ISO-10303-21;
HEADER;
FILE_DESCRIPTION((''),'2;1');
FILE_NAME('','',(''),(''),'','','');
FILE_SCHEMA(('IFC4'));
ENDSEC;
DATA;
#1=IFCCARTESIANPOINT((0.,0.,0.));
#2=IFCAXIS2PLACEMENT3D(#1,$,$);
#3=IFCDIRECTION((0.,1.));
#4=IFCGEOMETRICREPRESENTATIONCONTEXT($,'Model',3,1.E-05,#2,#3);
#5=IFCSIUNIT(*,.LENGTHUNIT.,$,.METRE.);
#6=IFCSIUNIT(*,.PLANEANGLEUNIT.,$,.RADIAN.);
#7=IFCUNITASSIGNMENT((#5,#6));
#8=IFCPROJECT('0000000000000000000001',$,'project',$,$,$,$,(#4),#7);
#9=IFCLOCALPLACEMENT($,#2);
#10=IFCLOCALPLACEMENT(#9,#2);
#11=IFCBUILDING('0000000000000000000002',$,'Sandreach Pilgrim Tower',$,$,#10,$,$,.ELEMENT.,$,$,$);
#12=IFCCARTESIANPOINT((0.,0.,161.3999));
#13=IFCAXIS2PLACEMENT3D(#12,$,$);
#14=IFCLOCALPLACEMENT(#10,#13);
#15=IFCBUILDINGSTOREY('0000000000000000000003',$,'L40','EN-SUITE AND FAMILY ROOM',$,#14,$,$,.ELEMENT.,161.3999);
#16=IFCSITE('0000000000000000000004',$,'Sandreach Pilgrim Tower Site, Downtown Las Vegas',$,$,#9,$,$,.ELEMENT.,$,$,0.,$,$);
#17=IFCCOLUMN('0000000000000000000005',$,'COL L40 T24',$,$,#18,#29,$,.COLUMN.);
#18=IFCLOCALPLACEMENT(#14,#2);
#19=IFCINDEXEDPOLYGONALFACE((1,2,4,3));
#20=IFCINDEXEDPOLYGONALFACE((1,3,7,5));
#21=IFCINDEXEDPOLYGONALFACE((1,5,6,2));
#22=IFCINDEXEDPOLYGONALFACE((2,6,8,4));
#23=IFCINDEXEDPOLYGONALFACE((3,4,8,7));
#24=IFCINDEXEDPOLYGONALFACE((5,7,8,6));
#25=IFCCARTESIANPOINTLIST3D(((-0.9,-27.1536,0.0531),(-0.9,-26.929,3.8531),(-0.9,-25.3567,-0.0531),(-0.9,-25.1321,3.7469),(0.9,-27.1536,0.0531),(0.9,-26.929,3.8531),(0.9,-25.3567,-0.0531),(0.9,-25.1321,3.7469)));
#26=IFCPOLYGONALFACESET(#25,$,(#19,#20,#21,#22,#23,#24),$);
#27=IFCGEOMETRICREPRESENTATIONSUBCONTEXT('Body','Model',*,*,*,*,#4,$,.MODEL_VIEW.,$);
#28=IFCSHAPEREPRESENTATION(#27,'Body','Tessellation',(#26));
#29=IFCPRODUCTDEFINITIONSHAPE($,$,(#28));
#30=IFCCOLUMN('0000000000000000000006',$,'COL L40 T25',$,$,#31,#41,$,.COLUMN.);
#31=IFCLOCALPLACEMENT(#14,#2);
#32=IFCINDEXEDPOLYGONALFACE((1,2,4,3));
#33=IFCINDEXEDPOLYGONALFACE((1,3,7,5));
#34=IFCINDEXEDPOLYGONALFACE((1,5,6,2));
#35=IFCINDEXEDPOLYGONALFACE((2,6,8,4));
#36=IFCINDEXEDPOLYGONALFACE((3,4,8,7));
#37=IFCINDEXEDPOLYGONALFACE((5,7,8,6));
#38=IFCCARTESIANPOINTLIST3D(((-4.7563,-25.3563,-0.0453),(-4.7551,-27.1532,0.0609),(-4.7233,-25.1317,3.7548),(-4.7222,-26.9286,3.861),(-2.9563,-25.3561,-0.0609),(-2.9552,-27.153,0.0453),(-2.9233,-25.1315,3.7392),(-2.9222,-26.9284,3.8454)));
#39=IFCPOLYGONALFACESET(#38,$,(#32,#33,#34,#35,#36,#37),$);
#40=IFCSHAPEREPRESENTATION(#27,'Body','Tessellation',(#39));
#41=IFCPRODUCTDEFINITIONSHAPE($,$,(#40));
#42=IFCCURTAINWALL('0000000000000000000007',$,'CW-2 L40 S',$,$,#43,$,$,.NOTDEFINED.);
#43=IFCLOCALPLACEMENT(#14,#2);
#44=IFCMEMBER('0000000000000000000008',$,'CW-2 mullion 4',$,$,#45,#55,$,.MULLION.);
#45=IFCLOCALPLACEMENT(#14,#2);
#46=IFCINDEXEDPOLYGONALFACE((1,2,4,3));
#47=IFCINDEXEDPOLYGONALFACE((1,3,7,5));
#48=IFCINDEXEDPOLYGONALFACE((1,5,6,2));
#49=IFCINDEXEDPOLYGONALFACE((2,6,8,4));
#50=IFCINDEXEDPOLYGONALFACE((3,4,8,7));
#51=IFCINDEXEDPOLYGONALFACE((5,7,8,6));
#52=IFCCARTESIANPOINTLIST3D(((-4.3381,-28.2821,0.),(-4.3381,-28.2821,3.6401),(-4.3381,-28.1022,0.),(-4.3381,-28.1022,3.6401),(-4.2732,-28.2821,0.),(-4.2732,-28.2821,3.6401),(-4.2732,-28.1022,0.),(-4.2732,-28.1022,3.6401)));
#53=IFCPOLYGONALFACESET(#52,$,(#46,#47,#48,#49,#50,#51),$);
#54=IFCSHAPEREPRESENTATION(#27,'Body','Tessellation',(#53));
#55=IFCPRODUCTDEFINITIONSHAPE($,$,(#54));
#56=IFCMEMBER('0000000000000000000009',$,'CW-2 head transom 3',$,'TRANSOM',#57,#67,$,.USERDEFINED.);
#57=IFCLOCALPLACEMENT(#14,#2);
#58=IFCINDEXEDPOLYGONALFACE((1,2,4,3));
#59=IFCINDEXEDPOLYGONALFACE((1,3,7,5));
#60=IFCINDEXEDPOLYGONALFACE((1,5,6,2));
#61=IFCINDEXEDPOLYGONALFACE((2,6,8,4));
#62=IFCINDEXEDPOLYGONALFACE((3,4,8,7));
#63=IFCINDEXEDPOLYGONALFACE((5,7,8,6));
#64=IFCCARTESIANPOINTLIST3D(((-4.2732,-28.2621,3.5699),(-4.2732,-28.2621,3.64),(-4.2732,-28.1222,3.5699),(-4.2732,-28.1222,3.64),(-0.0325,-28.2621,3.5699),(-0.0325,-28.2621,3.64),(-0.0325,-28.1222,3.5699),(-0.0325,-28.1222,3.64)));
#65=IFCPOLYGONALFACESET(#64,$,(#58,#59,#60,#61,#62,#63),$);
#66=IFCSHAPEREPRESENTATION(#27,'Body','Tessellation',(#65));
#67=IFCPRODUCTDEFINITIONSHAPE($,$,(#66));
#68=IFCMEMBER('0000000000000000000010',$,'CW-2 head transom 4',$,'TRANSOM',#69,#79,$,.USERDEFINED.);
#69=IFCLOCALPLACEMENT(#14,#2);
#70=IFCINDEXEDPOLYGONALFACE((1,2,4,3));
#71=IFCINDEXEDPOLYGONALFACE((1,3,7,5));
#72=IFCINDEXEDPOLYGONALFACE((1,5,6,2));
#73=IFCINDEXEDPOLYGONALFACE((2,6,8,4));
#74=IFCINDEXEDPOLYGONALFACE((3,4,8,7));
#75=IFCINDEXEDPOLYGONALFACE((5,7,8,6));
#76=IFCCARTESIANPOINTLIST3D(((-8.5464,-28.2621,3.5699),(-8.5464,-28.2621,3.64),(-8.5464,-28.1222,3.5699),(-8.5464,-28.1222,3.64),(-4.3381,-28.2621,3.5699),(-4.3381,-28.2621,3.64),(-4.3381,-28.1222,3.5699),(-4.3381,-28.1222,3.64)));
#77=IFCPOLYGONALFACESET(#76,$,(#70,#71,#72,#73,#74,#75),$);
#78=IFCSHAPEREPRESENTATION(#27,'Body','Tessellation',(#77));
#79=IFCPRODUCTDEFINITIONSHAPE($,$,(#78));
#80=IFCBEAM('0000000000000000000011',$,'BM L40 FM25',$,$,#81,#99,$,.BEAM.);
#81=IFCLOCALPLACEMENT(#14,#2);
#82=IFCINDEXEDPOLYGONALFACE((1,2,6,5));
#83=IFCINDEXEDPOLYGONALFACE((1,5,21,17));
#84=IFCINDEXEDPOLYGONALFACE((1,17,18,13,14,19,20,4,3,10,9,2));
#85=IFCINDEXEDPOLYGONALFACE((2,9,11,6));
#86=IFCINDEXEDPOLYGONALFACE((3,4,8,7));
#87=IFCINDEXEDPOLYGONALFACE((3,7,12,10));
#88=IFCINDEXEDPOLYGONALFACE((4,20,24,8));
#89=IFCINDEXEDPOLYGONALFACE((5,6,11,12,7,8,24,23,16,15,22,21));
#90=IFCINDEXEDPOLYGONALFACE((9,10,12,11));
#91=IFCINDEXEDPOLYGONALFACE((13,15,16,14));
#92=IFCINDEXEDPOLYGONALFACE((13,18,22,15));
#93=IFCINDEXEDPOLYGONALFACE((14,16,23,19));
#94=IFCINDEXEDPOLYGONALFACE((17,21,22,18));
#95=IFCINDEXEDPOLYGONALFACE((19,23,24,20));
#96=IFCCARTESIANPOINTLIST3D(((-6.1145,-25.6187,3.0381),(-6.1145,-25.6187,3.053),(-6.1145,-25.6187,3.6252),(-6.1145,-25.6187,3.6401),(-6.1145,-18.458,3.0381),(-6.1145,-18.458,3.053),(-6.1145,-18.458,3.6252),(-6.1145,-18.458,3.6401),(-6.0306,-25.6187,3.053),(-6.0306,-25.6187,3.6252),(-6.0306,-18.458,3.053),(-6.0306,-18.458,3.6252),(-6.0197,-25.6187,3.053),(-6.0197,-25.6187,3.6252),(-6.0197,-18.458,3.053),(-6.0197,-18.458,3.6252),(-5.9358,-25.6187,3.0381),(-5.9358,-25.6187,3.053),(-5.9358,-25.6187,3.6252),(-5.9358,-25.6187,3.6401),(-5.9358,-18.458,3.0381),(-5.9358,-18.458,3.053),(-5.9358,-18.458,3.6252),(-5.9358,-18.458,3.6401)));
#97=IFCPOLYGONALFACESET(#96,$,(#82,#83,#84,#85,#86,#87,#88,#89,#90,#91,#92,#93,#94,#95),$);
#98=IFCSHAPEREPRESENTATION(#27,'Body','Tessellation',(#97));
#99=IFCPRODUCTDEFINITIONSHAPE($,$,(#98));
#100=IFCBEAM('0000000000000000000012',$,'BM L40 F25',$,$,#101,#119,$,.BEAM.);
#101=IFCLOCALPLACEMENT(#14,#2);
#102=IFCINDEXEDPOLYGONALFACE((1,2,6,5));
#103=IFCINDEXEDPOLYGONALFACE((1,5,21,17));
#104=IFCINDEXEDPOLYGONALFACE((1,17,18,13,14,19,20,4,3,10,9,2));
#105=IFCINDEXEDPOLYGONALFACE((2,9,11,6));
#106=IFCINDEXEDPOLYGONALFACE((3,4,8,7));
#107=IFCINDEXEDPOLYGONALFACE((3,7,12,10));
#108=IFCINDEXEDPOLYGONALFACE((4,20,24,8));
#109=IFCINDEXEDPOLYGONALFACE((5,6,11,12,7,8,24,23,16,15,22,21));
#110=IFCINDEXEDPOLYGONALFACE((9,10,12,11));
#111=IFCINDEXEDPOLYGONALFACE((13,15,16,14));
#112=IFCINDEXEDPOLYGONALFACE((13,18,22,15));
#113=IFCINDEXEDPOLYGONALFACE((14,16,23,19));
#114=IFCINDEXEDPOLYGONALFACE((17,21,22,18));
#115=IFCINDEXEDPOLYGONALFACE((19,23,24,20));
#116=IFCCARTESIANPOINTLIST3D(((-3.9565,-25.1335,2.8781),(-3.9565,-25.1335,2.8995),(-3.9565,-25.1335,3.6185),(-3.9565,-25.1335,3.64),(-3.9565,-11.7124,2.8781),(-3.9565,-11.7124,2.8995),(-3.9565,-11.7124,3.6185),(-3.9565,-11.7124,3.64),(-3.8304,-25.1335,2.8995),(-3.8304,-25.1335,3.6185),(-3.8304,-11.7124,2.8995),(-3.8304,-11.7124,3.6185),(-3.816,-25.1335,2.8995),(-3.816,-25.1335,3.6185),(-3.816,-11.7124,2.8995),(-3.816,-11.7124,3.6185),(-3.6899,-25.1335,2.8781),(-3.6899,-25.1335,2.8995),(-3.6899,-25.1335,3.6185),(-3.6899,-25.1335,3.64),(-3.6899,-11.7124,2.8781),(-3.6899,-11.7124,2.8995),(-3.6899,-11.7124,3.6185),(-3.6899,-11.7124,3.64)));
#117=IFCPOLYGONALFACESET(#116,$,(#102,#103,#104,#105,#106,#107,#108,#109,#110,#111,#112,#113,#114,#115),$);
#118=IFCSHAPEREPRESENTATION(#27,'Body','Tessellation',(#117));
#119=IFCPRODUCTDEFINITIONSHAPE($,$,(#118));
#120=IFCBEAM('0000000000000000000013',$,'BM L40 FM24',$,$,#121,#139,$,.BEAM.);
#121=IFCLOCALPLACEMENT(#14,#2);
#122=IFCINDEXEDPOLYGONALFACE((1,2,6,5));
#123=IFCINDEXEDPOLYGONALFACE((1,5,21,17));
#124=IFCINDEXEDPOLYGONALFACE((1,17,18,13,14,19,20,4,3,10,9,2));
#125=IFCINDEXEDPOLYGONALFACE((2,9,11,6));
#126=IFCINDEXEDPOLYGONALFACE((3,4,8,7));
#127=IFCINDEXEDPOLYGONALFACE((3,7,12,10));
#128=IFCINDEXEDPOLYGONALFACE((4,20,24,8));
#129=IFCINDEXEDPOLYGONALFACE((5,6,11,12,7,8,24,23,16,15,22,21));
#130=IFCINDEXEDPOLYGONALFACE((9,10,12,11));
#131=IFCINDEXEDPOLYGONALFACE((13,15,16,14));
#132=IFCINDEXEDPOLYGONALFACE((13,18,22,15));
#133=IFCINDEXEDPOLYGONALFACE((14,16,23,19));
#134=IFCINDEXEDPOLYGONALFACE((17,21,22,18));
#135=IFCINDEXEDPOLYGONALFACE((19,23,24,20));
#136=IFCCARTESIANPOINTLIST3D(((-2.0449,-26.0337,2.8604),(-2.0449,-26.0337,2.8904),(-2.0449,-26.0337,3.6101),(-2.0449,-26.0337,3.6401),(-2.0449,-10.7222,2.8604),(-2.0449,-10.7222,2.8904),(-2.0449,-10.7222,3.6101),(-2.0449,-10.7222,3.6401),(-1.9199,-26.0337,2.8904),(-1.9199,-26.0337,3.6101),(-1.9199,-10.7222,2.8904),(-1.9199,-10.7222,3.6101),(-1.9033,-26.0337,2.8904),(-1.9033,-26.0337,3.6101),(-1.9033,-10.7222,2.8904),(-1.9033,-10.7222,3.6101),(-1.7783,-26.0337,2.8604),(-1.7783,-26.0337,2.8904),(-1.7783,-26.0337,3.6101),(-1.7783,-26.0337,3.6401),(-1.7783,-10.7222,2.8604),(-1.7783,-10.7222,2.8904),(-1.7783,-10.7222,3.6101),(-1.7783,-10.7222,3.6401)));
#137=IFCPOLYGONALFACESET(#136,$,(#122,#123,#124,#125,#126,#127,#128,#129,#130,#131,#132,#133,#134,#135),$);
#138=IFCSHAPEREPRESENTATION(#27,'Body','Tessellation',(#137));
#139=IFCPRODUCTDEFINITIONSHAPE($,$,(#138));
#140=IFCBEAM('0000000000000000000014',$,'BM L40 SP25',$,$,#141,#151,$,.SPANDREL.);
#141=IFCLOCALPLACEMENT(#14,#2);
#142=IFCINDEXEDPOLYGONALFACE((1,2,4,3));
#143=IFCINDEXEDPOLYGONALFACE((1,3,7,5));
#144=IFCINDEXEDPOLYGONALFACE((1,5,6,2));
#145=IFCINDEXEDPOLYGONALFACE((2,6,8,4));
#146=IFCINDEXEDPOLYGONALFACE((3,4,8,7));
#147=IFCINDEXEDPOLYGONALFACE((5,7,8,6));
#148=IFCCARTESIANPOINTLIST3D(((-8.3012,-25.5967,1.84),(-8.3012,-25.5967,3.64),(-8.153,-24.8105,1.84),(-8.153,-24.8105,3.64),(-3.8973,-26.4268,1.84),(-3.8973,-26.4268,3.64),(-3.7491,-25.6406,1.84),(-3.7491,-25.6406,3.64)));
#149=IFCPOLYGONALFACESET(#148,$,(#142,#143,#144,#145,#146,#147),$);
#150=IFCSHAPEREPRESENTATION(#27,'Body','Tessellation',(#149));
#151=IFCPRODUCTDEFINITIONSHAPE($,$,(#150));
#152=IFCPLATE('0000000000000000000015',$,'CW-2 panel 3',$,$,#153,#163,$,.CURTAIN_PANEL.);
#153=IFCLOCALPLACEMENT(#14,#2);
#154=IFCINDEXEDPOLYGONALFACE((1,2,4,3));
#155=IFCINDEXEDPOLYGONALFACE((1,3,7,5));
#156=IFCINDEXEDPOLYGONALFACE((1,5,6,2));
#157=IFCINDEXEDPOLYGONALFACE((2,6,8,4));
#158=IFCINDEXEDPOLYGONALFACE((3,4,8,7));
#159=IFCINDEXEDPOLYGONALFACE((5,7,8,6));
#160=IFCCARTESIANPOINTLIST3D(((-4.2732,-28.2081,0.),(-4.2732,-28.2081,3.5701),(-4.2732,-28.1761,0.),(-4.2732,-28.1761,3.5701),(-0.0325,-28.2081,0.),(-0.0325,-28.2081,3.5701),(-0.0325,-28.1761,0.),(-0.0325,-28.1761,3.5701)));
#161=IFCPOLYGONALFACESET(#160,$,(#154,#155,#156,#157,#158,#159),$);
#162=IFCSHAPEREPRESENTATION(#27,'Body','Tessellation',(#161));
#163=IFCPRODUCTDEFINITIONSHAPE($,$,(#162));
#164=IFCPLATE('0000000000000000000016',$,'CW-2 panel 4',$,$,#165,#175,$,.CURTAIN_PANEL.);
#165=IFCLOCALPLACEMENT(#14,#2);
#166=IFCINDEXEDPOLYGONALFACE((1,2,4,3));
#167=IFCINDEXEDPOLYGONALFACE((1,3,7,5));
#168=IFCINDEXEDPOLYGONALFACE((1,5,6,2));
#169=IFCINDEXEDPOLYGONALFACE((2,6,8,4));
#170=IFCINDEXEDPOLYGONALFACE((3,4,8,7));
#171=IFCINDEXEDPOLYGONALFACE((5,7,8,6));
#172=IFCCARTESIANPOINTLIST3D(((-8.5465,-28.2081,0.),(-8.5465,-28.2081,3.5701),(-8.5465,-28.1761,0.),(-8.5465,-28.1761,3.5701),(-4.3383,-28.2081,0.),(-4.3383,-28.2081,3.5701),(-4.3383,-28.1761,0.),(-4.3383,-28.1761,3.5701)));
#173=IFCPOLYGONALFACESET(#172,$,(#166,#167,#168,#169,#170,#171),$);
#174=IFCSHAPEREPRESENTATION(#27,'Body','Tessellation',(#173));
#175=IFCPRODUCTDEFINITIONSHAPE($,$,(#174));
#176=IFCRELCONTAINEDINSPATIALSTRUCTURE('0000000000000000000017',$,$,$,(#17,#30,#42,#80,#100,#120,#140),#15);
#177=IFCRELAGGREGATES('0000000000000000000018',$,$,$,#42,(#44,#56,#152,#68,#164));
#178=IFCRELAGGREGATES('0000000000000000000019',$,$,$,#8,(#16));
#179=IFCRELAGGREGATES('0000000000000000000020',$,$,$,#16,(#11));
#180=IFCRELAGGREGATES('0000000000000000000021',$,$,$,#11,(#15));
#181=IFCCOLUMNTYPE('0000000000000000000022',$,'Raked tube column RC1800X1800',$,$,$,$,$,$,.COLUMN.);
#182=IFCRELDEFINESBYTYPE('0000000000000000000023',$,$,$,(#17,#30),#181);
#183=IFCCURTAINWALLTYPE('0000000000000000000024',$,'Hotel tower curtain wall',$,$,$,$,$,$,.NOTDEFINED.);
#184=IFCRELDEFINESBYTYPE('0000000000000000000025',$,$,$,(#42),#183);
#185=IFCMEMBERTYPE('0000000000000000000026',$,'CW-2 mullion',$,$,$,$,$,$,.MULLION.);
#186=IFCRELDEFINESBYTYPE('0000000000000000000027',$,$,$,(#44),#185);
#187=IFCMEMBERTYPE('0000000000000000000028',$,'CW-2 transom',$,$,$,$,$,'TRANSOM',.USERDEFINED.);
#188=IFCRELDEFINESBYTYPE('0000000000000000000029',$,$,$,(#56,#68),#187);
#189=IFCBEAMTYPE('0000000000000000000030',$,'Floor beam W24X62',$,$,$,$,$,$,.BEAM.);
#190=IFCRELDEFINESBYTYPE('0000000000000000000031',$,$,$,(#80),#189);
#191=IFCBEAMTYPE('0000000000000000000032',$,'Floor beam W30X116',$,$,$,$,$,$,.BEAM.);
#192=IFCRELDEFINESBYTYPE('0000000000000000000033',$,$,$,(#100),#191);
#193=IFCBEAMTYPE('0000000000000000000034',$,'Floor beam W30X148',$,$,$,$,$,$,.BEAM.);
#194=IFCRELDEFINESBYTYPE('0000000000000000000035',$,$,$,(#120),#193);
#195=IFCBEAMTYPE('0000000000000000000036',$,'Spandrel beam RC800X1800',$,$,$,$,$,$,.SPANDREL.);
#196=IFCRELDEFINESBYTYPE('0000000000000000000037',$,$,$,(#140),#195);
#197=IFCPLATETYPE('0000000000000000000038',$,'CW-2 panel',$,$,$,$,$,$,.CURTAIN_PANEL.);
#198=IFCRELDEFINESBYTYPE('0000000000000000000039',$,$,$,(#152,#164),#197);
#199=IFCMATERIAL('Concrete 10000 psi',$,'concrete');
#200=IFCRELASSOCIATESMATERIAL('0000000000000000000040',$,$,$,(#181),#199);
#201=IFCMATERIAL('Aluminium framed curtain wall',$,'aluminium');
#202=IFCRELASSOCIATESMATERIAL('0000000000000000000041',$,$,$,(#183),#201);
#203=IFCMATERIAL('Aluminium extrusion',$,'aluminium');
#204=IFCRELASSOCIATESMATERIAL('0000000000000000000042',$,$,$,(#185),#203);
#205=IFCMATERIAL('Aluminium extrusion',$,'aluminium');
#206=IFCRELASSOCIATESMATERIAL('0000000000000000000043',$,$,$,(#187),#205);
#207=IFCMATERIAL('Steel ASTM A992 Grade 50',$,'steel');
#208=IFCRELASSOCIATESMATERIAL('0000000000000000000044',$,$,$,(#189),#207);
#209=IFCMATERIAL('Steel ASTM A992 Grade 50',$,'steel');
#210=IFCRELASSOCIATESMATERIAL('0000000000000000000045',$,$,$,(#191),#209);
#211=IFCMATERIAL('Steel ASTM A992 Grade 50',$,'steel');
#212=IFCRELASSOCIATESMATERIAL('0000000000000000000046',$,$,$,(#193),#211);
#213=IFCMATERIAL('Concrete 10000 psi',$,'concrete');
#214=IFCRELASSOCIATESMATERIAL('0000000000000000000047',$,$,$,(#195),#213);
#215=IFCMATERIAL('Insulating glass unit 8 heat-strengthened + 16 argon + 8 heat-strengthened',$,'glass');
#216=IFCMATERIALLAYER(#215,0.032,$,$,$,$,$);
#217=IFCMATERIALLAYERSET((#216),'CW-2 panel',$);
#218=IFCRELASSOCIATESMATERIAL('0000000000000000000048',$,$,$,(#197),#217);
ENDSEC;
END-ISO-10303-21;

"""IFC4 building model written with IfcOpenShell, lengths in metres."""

from ifc_helpers import new_model, si_unit, direction, frame, origin, origin_2d, place, context, subcontext, project, spatial, rectangle, i_section, extrude, material, layer, layer_set, material_profile, profile_set, type_object, element, aggregate, save


model = new_model("IFC4")

# Units and contexts
model_context = context("Model", 3, precision=1e-05, world=origin(), true_north=direction((0.0, 1.0)))
body_context = subcontext(model_context, "Body", "Model", "MODEL_VIEW")
ifc_project = project(units=[si_unit("LENGTHUNIT", "METRE"), si_unit("PLANEANGLEUNIT", "RADIAN")], contexts=[model_context])

# Site, building, storey
site_placement = place(None, origin())
site = spatial("IfcSite", under=ifc_project, at=site_placement, Name="Sandreach Pilgrim Tower Site, Downtown Las Vegas", CompositionType="ELEMENT", RefElevation=0.0)
building_placement = place(site_placement, origin())
building = spatial("IfcBuilding", under=site, at=building_placement, Name="Sandreach Pilgrim Tower", CompositionType="ELEMENT")
storey_placement = place(building_placement, frame((0.0, 0.0, 161.3999)))
storey = spatial("IfcBuildingStorey", under=building, at=storey_placement, Name="L40", Description="EN-SUITE AND FAMILY ROOM", CompositionType="ELEMENT", Elevation=161.3999)

# Columns
ifc_material_1 = material(Name="Concrete 10000 psi", Category="concrete")
ifc_material_profile_1 = material_profile(ifc_material_1, rectangle(XDim=1.8, YDim=1.8, at=origin_2d()), Name="RC1800X1800")
ifc_profile_set_1 = profile_set([ifc_material_profile_1], Name="Concrete 10000 psi")
column_type = type_object("IfcColumnType", Name="Raked tube column RC1800X1800", PredefinedType="COLUMN", material=ifc_profile_set_1)
column_1_placement = place(storey_placement, frame((0.0, -26.2551, 0.0), z_axis=(0.0, 0.059004, 0.998258), x_axis=(0.0, -0.998258, 0.059004)))
element("IfcColumn", 1, at=column_1_placement, inside=storey, type_object=column_type, Name="COL L40 T24", PredefinedType="COLUMN", context=body_context, shape_type="SweptSolid", body=[
    extrude(rectangle(XDim=1.8, YDim=1.8, at=origin_2d()), origin(), (0.0, 0.0, 1.0), 3.8066),
])
column_2_placement = place(storey_placement, frame((-3.8557, -26.2546, 0.0), z_axis=(0.008658, 0.059002, 0.99822), x_axis=(0.000629, -0.998258, 0.058999)))
element("IfcColumn", 2, at=column_2_placement, inside=storey, type_object=column_type, Name="COL L40 T25", PredefinedType="COLUMN", context=body_context, shape_type="SweptSolid", body=[
    extrude(rectangle(XDim=1.8, YDim=1.8, at=origin_2d()), origin(), (0.0, 0.0, 1.0), 3.8069),
])

# Curtain wall, members
ifc_material_2 = material(Name="Aluminium framed curtain wall", Category="aluminium")
curtain_wall_type = type_object("IfcCurtainWallType", Name="Hotel tower curtain wall", PredefinedType="NOTDEFINED", material=ifc_material_2)
curtain_wall_placement = place(storey_placement, origin())
curtain_wall = element("IfcCurtainWall", 3, at=curtain_wall_placement, inside=storey, type_object=curtain_wall_type, Name="CW-2 L40 S", PredefinedType="NOTDEFINED")
ifc_material_3 = material(Name="Aluminium extrusion", Category="aluminium")
ifc_material_profile_2 = material_profile(ifc_material_3, rectangle(XDim=0.0649, YDim=0.1799, at=origin_2d()), Name="CW-2M 65X180")
ifc_profile_set_2 = profile_set([ifc_material_profile_2], Name="Aluminium extrusion")
member_type_1 = type_object("IfcMemberType", Name="CW-2 mullion", PredefinedType="MULLION", material=ifc_profile_set_2)
member_1_placement = place(storey_placement, frame((-4.3057, -28.1921, 0.0), z_axis=(0.0, 0.0, 1.0), x_axis=(-1.0, 0.0, 0.0)))
member_1 = element("IfcMember", 4, at=member_1_placement, type_object=member_type_1, Name="CW-2 mullion 4", PredefinedType="MULLION", context=body_context, shape_type="SweptSolid", body=[
    extrude(rectangle(XDim=0.0649, YDim=0.1799, at=origin_2d()), origin(), (0.0, 0.0, 1.0), 3.6401),
])
ifc_material_4 = material(Name="Aluminium extrusion", Category="aluminium")
ifc_material_profile_3 = material_profile(ifc_material_4, rectangle(XDim=0.1399, YDim=0.0701, at=origin_2d()), Name="CW-2T 140X70")
ifc_profile_set_3 = profile_set([ifc_material_profile_3], Name="Aluminium extrusion")
member_type_2 = type_object("IfcMemberType", Name="CW-2 transom", ElementType="TRANSOM", PredefinedType="USERDEFINED", material=ifc_profile_set_3)
member_2_placement = place(storey_placement, frame((-0.0325, -28.1921, 3.605), z_axis=(-1.0, 0.0, 0.0), x_axis=(0.0, -1.0, 0.0)))
member_2 = element("IfcMember", 5, at=member_2_placement, type_object=member_type_2, Name="CW-2 head transom 3", ObjectType="TRANSOM", PredefinedType="USERDEFINED", context=body_context, shape_type="SweptSolid", body=[
    extrude(rectangle(XDim=0.1399, YDim=0.0701, at=origin_2d()), origin(), (0.0, 0.0, 1.0), 4.2407),
])
member_3_placement = place(storey_placement, frame((-4.3381, -28.1921, 3.605), z_axis=(-1.0, 0.0, 0.0), x_axis=(0.0, -1.0, 0.0)))
member_3 = element("IfcMember", 6, at=member_3_placement, type_object=member_type_2, Name="CW-2 head transom 4", ObjectType="TRANSOM", PredefinedType="USERDEFINED", context=body_context, shape_type="SweptSolid", body=[
    extrude(rectangle(XDim=0.1399, YDim=0.0701, at=origin_2d()), origin(), (0.0, 0.0, 1.0), 4.2083),
])

# Beams
ifc_material_5 = material(Name="Steel ASTM A992 Grade 50", Category="steel")
ifc_material_profile_4 = material_profile(ifc_material_5, i_section(OverallWidth=0.1787, OverallDepth=0.6021, WebThickness=0.011, FlangeThickness=0.0149, at=origin_2d()), Name="W24X62")
ifc_profile_set_4 = profile_set([ifc_material_profile_4], Name="Steel ASTM A992 Grade 50")
beam_type_1 = type_object("IfcBeamType", Name="Floor beam W24X62", PredefinedType="BEAM", material=ifc_profile_set_4)
beam_1_placement = place(storey_placement, frame((-6.0251, -25.6187, 3.3391), z_axis=(0.0, 1.0, 0.0), x_axis=(-1.0, 0.0, 0.0)))
element("IfcBeam", 7, at=beam_1_placement, inside=storey, type_object=beam_type_1, Name="BM L40 FM25", PredefinedType="BEAM", context=body_context, shape_type="SweptSolid", body=[
    extrude(i_section(OverallWidth=0.1787, OverallDepth=0.6021, WebThickness=0.011, FlangeThickness=0.0149, at=origin_2d()), origin(), (0.0, 0.0, 1.0), 7.1606),
])
ifc_material_6 = material(Name="Steel ASTM A992 Grade 50", Category="steel")
ifc_material_profile_5 = material_profile(ifc_material_6, i_section(OverallWidth=0.2666, OverallDepth=0.762, WebThickness=0.0144, FlangeThickness=0.0215, at=origin_2d()), Name="W30X116")
ifc_profile_set_5 = profile_set([ifc_material_profile_5], Name="Steel ASTM A992 Grade 50")
beam_type_2 = type_object("IfcBeamType", Name="Floor beam W30X116", PredefinedType="BEAM", material=ifc_profile_set_5)
beam_2_placement = place(storey_placement, frame((-3.8232, -25.1335, 3.259), z_axis=(0.0, 1.0, 0.0), x_axis=(-1.0, 0.0, 0.0)))
element("IfcBeam", 8, at=beam_2_placement, inside=storey, type_object=beam_type_2, Name="BM L40 F25", PredefinedType="BEAM", context=body_context, shape_type="SweptSolid", body=[
    extrude(i_section(OverallWidth=0.2666, OverallDepth=0.762, WebThickness=0.0144, FlangeThickness=0.0215, at=origin_2d()), origin(), (0.0, 0.0, 1.0), 13.4211),
])
ifc_material_7 = material(Name="Steel ASTM A992 Grade 50", Category="steel")
ifc_material_profile_6 = material_profile(ifc_material_7, i_section(OverallWidth=0.2666, OverallDepth=0.7798, WebThickness=0.0166, FlangeThickness=0.03, at=origin_2d()), Name="W30X148")
ifc_profile_set_6 = profile_set([ifc_material_profile_6], Name="Steel ASTM A992 Grade 50")
beam_type_3 = type_object("IfcBeamType", Name="Floor beam W30X148", PredefinedType="BEAM", material=ifc_profile_set_6)
beam_3_placement = place(storey_placement, frame((-1.9116, -26.0337, 3.2502), z_axis=(0.0, 1.0, 0.0), x_axis=(-1.0, 0.0, 0.0)))
element("IfcBeam", 9, at=beam_3_placement, inside=storey, type_object=beam_type_3, Name="BM L40 FM24", PredefinedType="BEAM", context=body_context, shape_type="SweptSolid", body=[
    extrude(i_section(OverallWidth=0.2666, OverallDepth=0.7798, WebThickness=0.0166, FlangeThickness=0.03, at=origin_2d()), origin(), (0.0, 0.0, 1.0), 15.3115),
])
ifc_material_8 = material(Name="Concrete 10000 psi", Category="concrete")
ifc_material_profile_7 = material_profile(ifc_material_8, rectangle(XDim=0.8, YDim=1.8, at=origin_2d()), Name="RC800X1800")
ifc_profile_set_7 = profile_set([ifc_material_profile_7], Name="Concrete 10000 psi")
beam_type_4 = type_object("IfcBeamType", Name="Spandrel beam RC800X1800", PredefinedType="SPANDREL", material=ifc_profile_set_7)
beam_4_placement = place(storey_placement, frame((-3.8232, -26.0337, 2.74), z_axis=(-0.982695, 0.185229, 0.0), x_axis=(-0.185229, -0.982695, 0.0)))
element("IfcBeam", 10, at=beam_4_placement, inside=storey, type_object=beam_type_4, Name="BM L40 SP25", PredefinedType="SPANDREL", context=body_context, shape_type="SweptSolid", body=[
    extrude(rectangle(XDim=0.8, YDim=1.8, at=origin_2d()), origin(), (0.0, 0.0, 1.0), 4.4814),
])

# Plates
ifc_material_9 = material(Name="Insulating glass unit 8 heat-strengthened + 16 argon + 8 heat-strengthened", Category="glass")
ifc_layer_1 = layer(ifc_material_9, 0.032)
ifc_layer_set_1 = layer_set([ifc_layer_1], Name="CW-2 panel")
plate_type = type_object("IfcPlateType", Name="CW-2 panel", PredefinedType="CURTAIN_PANEL", material=ifc_layer_set_1)
plate_1_placement = place(storey_placement, frame((-2.1528, -28.1921, 0.0), z_axis=(0.0, 0.0, 1.0), x_axis=(-1.0, 0.0, 0.0)))
plate_1 = element("IfcPlate", 11, at=plate_1_placement, type_object=plate_type, Name="CW-2 panel 3", PredefinedType="CURTAIN_PANEL", context=body_context, shape_type="SweptSolid", body=[
    extrude(rectangle(XDim=4.2407, YDim=0.032, at=origin_2d()), origin(), (0.0, 0.0, 1.0), 3.5701),
])
plate_2_placement = place(storey_placement, frame((-6.4424, -28.1921, 0.0), z_axis=(0.0, 0.0, 1.0), x_axis=(-1.0, 0.0, 0.0)))
plate_2 = element("IfcPlate", 12, at=plate_2_placement, type_object=plate_type, Name="CW-2 panel 4", PredefinedType="CURTAIN_PANEL", context=body_context, shape_type="SweptSolid", body=[
    extrude(rectangle(XDim=4.2083, YDim=0.032, at=origin_2d()), origin(), (0.0, 0.0, 1.0), 3.5701),
])
aggregate(curtain_wall, [member_1, member_2, plate_1, member_3, plate_2])

save(model, "model.ifc")
